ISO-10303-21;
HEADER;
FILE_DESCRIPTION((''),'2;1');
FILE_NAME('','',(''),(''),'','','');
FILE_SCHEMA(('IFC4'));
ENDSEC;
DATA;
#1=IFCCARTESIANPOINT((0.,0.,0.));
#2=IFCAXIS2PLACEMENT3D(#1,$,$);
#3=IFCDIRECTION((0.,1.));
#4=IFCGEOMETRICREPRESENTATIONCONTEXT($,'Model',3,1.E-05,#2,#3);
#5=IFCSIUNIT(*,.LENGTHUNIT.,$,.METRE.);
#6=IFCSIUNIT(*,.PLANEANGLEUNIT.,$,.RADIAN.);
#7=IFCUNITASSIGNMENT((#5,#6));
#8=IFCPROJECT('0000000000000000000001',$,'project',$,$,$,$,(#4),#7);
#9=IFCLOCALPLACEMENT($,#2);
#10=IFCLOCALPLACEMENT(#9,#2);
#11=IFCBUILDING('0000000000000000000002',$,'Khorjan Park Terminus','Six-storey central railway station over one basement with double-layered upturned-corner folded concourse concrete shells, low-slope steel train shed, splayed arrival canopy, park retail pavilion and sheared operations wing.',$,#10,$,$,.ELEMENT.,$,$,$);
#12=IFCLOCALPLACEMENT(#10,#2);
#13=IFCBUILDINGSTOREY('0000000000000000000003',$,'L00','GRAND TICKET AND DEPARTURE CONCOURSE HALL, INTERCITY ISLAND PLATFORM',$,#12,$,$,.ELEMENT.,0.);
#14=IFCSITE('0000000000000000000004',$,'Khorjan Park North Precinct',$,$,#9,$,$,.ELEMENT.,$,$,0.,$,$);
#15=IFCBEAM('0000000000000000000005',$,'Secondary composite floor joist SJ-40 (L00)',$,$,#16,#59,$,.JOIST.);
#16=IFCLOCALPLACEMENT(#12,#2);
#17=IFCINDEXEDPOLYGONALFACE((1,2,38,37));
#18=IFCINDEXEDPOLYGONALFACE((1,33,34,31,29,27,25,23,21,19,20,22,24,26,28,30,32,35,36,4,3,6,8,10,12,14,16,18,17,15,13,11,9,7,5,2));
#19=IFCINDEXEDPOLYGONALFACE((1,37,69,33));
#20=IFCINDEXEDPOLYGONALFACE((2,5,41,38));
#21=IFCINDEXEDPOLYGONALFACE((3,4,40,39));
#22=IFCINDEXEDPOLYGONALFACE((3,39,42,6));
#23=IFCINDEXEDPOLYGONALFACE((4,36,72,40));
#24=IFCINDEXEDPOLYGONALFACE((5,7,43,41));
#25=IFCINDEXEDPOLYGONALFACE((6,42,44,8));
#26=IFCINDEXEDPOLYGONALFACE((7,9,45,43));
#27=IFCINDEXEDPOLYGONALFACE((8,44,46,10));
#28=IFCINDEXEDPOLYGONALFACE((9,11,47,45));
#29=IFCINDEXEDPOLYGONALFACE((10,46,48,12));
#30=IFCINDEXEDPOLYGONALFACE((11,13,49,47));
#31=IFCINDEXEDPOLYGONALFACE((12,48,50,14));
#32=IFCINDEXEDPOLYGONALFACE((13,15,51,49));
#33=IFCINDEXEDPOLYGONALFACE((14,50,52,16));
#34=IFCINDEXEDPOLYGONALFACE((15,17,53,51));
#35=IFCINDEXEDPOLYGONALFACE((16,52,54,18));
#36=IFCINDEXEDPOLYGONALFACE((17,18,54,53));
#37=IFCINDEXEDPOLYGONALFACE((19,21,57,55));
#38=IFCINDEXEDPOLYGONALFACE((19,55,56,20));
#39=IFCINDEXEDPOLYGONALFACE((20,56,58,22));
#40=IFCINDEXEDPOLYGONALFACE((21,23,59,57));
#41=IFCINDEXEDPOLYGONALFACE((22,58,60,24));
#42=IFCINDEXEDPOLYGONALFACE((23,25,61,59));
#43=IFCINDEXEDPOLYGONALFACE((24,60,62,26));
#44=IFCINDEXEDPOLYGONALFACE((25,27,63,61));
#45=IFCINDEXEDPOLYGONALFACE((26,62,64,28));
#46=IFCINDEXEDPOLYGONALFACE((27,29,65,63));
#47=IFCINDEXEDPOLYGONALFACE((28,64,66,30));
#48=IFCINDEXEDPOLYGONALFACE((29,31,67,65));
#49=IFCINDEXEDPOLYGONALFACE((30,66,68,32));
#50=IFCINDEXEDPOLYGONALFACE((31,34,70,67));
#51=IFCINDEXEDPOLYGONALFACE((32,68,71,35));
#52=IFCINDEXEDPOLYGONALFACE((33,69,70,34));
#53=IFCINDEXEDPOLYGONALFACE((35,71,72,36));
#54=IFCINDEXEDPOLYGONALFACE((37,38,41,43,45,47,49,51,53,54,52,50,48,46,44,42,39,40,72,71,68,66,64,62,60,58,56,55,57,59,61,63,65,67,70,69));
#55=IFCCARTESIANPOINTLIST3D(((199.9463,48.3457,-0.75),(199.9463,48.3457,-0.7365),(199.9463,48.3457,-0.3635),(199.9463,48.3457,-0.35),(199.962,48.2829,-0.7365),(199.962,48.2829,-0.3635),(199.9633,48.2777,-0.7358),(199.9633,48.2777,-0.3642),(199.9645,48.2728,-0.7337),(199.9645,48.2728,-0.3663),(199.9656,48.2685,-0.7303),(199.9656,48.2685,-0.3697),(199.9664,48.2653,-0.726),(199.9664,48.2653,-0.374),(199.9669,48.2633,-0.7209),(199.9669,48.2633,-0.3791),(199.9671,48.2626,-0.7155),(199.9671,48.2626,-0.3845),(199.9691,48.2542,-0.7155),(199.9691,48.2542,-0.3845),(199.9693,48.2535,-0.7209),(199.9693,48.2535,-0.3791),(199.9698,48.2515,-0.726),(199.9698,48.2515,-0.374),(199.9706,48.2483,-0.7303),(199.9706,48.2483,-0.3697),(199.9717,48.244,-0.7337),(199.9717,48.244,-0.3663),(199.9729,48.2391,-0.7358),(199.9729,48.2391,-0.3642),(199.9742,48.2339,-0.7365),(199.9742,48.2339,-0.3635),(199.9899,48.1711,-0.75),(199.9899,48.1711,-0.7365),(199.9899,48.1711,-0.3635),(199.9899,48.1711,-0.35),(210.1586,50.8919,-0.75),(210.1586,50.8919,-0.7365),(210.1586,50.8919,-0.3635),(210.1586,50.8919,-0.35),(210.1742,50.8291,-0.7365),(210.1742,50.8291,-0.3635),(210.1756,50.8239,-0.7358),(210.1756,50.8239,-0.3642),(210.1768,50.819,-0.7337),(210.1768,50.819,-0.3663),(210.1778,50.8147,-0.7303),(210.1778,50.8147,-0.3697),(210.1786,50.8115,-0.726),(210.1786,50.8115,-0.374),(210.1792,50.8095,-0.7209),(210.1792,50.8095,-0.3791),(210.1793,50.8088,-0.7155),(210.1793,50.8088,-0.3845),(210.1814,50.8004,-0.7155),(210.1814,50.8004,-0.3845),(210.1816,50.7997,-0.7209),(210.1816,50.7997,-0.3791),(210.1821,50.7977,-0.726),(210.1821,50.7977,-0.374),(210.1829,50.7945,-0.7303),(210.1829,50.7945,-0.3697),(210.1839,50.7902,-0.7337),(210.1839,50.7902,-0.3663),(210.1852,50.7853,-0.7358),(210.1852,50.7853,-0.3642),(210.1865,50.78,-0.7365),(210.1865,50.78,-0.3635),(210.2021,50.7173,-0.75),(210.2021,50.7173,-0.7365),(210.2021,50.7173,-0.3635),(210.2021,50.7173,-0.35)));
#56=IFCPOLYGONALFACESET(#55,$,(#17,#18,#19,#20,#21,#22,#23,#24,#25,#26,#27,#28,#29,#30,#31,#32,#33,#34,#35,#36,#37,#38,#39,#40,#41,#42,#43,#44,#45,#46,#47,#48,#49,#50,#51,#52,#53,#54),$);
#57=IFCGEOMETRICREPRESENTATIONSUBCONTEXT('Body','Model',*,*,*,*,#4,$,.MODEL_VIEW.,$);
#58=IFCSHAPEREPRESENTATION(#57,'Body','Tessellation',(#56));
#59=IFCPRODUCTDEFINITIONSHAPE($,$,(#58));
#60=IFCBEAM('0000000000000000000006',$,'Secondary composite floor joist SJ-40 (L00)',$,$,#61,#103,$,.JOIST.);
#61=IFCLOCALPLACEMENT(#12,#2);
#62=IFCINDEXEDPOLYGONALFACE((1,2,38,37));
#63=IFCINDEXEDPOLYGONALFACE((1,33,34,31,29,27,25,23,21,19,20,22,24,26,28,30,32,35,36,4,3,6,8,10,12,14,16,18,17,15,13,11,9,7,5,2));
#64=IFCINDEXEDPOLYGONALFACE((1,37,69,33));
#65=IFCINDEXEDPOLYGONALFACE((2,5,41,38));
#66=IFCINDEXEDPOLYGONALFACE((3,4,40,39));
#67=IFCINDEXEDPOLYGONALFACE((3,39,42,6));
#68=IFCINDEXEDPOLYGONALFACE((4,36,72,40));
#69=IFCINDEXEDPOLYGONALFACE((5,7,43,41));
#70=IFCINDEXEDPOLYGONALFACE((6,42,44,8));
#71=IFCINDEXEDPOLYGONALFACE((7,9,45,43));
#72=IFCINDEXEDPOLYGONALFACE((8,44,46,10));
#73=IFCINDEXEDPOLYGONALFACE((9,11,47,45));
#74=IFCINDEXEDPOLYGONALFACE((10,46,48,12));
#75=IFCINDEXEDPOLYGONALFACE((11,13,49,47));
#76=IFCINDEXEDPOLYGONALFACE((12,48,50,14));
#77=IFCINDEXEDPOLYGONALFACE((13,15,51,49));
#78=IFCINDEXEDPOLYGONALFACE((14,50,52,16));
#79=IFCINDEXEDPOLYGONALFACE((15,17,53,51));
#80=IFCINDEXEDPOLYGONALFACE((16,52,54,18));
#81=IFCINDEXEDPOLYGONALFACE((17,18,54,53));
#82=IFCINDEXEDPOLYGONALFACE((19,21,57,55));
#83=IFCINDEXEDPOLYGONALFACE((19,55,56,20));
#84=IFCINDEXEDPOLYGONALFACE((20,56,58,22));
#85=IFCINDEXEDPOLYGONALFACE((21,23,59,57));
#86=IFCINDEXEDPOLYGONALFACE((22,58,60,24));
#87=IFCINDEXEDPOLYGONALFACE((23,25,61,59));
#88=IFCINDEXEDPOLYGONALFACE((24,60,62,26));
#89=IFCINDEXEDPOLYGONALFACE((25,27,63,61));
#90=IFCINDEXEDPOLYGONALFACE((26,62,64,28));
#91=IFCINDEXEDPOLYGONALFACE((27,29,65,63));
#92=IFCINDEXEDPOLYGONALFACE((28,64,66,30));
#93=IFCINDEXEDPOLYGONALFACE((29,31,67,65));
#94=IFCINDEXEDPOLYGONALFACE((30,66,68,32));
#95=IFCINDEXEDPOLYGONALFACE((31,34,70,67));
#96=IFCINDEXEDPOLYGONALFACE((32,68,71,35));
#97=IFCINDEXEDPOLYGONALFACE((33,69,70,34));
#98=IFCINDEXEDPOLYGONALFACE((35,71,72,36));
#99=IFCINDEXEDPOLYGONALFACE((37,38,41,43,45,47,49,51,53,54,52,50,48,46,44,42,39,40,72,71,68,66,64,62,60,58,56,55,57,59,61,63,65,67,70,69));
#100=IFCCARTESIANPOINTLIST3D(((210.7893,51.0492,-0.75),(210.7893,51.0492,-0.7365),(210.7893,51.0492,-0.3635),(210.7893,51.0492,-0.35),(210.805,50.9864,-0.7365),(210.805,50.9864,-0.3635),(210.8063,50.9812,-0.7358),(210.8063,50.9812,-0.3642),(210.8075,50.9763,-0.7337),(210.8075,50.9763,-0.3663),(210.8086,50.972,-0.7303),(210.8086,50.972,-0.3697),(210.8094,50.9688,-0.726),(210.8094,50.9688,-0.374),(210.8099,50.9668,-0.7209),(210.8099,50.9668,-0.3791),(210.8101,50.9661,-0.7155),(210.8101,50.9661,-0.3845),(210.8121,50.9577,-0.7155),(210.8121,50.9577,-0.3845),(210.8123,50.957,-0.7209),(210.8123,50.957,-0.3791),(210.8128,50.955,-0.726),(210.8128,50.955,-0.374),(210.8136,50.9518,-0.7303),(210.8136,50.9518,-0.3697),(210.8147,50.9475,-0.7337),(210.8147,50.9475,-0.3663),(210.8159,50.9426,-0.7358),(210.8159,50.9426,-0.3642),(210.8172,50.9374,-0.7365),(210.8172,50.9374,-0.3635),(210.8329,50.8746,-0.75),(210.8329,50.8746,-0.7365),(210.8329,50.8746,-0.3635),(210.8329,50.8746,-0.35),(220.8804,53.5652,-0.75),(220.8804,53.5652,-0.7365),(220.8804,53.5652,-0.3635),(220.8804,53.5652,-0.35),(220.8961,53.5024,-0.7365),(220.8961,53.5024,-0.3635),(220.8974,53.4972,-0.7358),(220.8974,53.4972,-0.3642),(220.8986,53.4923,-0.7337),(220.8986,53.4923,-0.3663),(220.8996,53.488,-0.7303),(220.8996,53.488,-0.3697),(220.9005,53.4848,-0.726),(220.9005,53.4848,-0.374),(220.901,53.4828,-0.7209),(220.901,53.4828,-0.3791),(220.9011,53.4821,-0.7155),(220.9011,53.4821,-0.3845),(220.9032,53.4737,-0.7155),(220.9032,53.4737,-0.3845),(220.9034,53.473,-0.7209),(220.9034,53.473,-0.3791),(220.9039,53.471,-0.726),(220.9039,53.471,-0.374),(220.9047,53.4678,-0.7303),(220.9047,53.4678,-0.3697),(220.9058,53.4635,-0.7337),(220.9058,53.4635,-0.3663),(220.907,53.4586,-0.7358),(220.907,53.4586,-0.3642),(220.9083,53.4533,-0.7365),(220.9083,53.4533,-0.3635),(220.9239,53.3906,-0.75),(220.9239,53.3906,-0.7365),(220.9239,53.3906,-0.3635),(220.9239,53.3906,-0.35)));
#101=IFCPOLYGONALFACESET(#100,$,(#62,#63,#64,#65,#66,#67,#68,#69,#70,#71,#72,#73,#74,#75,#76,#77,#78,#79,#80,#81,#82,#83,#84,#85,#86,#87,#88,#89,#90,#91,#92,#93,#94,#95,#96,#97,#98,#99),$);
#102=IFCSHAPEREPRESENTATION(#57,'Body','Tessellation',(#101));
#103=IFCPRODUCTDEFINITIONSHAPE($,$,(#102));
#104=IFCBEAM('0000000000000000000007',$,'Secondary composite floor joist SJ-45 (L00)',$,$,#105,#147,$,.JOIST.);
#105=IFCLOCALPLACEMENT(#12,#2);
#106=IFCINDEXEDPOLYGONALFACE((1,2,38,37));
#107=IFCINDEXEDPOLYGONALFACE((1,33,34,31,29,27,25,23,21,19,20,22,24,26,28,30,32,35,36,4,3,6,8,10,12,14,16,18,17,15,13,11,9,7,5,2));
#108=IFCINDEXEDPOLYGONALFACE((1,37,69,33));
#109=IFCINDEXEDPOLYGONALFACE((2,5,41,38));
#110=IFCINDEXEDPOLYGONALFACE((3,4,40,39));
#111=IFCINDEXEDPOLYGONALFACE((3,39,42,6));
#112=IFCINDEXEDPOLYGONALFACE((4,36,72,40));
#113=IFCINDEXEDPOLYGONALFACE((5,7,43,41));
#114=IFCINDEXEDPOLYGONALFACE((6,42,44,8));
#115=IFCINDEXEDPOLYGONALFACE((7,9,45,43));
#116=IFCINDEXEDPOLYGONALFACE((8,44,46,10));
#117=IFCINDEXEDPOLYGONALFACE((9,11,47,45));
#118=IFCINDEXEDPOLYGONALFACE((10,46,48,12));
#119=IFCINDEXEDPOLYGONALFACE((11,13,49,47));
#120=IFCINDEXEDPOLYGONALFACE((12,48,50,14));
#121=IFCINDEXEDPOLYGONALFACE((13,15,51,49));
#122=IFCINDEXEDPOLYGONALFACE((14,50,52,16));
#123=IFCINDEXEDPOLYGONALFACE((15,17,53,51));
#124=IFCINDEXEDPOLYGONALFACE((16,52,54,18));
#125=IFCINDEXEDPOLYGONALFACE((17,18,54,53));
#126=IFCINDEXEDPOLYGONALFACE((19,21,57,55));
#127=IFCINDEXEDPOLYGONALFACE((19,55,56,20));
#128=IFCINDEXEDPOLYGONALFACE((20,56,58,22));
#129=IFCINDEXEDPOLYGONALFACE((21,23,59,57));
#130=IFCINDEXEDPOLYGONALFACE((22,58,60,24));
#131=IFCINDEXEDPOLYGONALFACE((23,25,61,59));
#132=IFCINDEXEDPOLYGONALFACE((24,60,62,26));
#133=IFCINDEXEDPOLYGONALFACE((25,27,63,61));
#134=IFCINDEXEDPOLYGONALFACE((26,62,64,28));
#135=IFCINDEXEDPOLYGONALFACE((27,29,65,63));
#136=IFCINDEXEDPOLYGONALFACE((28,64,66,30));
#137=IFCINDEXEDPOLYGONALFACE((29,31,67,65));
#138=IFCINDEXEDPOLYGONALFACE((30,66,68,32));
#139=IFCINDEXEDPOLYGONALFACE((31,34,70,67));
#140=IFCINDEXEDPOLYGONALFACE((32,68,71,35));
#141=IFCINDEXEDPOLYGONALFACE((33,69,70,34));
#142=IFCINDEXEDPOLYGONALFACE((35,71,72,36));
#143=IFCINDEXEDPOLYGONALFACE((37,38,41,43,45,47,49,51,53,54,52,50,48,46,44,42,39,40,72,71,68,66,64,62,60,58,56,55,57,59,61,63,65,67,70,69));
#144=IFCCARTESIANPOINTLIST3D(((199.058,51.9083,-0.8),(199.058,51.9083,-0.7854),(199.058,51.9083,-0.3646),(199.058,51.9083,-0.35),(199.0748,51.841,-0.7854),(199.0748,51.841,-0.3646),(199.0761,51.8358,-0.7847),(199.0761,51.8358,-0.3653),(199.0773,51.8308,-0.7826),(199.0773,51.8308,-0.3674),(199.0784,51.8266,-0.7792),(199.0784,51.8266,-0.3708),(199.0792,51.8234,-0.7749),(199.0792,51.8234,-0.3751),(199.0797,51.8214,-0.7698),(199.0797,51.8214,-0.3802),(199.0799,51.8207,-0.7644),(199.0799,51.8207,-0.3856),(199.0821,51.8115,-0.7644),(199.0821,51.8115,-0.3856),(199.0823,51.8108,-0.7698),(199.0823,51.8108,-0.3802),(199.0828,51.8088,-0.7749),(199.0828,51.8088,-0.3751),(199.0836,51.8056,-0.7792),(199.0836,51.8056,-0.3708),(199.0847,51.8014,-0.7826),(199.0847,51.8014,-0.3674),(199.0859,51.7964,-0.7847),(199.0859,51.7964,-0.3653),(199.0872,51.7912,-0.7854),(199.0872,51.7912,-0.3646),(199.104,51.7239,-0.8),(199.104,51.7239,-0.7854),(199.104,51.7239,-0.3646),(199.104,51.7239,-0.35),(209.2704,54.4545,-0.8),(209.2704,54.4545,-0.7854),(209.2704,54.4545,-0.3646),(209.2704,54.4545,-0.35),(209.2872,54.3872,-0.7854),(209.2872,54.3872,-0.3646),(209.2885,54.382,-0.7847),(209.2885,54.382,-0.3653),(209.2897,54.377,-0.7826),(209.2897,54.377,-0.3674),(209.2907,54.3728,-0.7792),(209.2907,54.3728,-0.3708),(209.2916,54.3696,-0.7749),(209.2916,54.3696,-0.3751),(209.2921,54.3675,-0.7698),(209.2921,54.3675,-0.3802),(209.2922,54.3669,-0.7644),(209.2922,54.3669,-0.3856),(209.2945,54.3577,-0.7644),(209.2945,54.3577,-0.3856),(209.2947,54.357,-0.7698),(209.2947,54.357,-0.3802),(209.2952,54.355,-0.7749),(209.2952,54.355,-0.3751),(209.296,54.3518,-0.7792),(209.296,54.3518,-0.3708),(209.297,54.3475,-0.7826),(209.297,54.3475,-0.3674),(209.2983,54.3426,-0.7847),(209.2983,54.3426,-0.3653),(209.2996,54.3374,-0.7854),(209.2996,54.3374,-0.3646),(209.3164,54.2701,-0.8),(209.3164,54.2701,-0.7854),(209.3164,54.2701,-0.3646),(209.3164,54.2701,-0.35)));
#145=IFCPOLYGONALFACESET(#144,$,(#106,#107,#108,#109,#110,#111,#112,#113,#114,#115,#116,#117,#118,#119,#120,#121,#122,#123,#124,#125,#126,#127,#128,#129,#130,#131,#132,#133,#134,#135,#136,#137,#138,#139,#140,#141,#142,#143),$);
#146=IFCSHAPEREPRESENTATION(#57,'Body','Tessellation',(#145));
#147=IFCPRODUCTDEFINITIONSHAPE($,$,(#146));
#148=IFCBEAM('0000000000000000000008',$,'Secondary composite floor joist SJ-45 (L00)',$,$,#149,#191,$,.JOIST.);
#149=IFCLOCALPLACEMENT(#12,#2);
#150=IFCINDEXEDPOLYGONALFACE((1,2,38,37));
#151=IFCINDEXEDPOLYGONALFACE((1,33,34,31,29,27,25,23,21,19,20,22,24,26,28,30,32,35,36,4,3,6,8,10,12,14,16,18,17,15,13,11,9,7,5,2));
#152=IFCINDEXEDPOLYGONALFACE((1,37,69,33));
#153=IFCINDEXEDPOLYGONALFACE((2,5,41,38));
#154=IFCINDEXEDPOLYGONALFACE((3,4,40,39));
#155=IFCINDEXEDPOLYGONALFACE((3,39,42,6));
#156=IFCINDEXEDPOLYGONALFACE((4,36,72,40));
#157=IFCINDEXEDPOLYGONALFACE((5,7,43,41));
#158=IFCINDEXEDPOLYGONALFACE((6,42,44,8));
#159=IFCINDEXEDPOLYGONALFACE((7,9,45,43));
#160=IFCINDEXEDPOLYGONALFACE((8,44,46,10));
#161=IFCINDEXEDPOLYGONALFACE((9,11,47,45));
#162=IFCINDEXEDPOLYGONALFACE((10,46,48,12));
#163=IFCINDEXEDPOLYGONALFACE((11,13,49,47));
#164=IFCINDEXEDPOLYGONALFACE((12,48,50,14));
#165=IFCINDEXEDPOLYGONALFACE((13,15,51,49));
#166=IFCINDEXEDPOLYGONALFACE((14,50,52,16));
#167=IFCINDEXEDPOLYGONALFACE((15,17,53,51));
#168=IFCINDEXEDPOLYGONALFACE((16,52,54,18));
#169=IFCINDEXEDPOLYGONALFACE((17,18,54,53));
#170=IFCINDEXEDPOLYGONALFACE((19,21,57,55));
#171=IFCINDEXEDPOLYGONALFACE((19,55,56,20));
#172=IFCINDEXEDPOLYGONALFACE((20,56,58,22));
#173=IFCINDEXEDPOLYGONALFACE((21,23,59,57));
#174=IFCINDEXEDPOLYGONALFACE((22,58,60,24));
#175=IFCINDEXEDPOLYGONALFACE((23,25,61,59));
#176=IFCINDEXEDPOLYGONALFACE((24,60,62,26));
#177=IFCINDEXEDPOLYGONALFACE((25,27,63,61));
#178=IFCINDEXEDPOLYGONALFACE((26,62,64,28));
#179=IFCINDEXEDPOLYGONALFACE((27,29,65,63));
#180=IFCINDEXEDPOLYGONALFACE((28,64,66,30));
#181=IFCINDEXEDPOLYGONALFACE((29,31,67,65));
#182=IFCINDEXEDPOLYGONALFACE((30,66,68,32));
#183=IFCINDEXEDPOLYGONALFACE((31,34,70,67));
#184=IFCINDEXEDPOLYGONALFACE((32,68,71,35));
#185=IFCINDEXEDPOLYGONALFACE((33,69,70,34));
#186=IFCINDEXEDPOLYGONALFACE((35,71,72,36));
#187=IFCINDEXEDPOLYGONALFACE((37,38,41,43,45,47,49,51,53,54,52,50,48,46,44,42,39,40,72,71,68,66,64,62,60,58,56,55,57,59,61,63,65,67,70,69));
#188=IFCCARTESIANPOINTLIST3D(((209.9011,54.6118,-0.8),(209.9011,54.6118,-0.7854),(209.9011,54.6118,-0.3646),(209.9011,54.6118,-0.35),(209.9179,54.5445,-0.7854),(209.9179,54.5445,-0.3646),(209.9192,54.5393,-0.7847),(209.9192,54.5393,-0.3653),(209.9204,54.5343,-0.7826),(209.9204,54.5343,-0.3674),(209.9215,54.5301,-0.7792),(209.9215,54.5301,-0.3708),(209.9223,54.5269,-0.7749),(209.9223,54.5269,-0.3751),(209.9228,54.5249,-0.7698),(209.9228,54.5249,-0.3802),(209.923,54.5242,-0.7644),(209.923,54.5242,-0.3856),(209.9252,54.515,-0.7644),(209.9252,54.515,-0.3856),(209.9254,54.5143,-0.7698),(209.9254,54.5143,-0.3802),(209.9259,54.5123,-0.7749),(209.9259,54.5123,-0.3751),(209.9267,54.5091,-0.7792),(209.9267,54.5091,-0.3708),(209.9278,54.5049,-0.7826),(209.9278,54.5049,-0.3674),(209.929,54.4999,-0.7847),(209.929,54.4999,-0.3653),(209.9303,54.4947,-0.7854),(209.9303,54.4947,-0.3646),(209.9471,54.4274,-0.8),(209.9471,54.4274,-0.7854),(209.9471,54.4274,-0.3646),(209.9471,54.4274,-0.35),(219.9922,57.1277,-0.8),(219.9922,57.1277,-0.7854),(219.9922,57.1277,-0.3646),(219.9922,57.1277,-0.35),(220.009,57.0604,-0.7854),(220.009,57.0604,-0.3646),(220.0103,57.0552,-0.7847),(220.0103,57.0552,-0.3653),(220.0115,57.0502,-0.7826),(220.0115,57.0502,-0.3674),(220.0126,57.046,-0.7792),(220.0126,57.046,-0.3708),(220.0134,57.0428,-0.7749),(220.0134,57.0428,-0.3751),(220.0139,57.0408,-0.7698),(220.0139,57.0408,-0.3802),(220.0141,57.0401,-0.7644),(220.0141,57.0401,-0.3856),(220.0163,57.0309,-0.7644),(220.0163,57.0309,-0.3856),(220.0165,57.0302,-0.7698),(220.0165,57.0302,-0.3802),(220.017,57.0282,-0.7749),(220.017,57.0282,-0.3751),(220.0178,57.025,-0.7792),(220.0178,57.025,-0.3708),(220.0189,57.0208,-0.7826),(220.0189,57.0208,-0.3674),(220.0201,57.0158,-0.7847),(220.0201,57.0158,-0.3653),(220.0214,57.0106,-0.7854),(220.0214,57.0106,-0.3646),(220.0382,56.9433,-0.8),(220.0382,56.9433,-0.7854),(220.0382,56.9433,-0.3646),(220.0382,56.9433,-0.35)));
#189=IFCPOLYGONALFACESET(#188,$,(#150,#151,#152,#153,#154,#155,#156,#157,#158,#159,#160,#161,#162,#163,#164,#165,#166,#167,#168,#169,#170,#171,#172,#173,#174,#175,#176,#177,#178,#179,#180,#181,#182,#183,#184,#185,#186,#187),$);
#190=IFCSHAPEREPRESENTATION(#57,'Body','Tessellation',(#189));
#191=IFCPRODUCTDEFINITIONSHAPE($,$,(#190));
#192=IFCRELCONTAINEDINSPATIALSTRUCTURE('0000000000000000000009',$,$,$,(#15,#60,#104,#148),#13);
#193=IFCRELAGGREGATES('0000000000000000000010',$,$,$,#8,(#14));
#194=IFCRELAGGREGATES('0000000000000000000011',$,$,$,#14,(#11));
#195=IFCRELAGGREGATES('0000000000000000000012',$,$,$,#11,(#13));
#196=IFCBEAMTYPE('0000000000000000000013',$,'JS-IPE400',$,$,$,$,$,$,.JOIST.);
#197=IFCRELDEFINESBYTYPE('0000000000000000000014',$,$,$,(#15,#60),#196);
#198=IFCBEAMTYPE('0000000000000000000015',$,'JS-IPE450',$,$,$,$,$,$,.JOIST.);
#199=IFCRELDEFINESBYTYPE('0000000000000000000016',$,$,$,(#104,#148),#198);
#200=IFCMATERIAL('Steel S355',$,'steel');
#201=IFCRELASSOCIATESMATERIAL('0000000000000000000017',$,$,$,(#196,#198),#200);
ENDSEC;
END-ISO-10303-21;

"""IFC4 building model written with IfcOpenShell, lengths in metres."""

from ifc_helpers import new_model, si_unit, direction, frame, origin, origin_2d, place, context, subcontext, project, spatial, i_section, extrude, material, material_profile, profile_set, type_object, element, save


model = new_model("IFC4")

# Units and contexts
model_context = context("Model", 3, precision=1e-05, world=origin(), true_north=direction((0.0, 1.0)))
body_context = subcontext(model_context, "Body", "Model", "MODEL_VIEW")
ifc_project = project(units=[si_unit("LENGTHUNIT", "METRE"), si_unit("PLANEANGLEUNIT", "RADIAN")], contexts=[model_context])

# Site, building, storey
site_placement = place(None, origin())
site = spatial("IfcSite", under=ifc_project, at=site_placement, Name="Khorjan Park North Precinct", CompositionType="ELEMENT", RefElevation=0.0)
building_placement = place(site_placement, origin())
building = spatial("IfcBuilding", under=site, at=building_placement, Name="Khorjan Park Terminus", Description="Six-storey central railway station over one basement with double-layered upturned-corner folded concourse concrete shells, low-slope steel train shed, splayed arrival canopy, park retail pavilion and sheared operations wing.", CompositionType="ELEMENT")
storey_placement = place(building_placement, origin())
storey = spatial("IfcBuildingStorey", under=building, at=storey_placement, Name="L00", Description="GRAND TICKET AND DEPARTURE CONCOURSE HALL, INTERCITY ISLAND PLATFORM", CompositionType="ELEMENT", Elevation=0.0)

# Beams
ifc_material_1 = material(Name="Steel S355", Category="steel")
ifc_material_profile_1 = material_profile(ifc_material_1, i_section(OverallWidth=0.18, OverallDepth=0.4, WebThickness=0.0086, FlangeThickness=0.0135, FilletRadius=0.021, at=origin_2d()), Name="IPE 400")
ifc_profile_set_1 = profile_set([ifc_material_profile_1], Name="Steel S355")
beam_type_1 = type_object("IfcBeamType", Name="JS-IPE400", PredefinedType="JOIST", material=ifc_profile_set_1)
beam_1_placement = place(storey_placement, frame((199.9681, 48.2584, -0.55), z_axis=(0.970296, 0.241921, 0.0), x_axis=(-0.241921, 0.970296, 0.0)))
element("IfcBeam", 1, at=beam_1_placement, inside=storey, type_object=beam_type_1, Name="Secondary composite floor joist SJ-40 (L00)", PredefinedType="JOIST", context=body_context, shape_type="SweptSolid", body=[
    extrude(i_section(OverallWidth=0.18, OverallDepth=0.4, WebThickness=0.0086, FlangeThickness=0.0135, FilletRadius=0.021, at=origin_2d()), origin(), (0.0, 0.0, 1.0), 10.5249),
])
beam_2_placement = place(storey_placement, frame((210.8111, 50.9619, -0.55), z_axis=(0.970296, 0.241922, 0.0), x_axis=(-0.241922, 0.970296, 0.0)))
element("IfcBeam", 2, at=beam_2_placement, inside=storey, type_object=beam_type_1, Name="Secondary composite floor joist SJ-40 (L00)", PredefinedType="JOIST", context=body_context, shape_type="SweptSolid", body=[
    extrude(i_section(OverallWidth=0.18, OverallDepth=0.4, WebThickness=0.0086, FlangeThickness=0.0135, FilletRadius=0.021, at=origin_2d()), origin(), (0.0, 0.0, 1.0), 10.4),
])
ifc_material_profile_2 = material_profile(ifc_material_1, i_section(OverallWidth=0.19, OverallDepth=0.45, WebThickness=0.0094, FlangeThickness=0.0146, FilletRadius=0.021, at=origin_2d()), Name="IPE 450")
ifc_profile_set_2 = profile_set([ifc_material_profile_2], Name="Steel S355")
beam_type_2 = type_object("IfcBeamType", Name="JS-IPE450", PredefinedType="JOIST", material=ifc_profile_set_2)
beam_3_placement = place(storey_placement, frame((199.081, 51.8161, -0.575), z_axis=(0.970297, 0.241919, 0.0), x_axis=(-0.241919, 0.970297, 0.0)))
element("IfcBeam", 3, at=beam_3_placement, inside=storey, type_object=beam_type_2, Name="Secondary composite floor joist SJ-45 (L00)", PredefinedType="JOIST", context=body_context, shape_type="SweptSolid", body=[
    extrude(i_section(OverallWidth=0.19, OverallDepth=0.45, WebThickness=0.0094, FlangeThickness=0.0146, FilletRadius=0.021, at=origin_2d()), origin(), (0.0, 0.0, 1.0), 10.525),
])
beam_4_placement = place(storey_placement, frame((209.9241, 54.5196, -0.575), z_axis=(0.970298, 0.241913, 0.0), x_axis=(-0.241913, 0.970298, 0.0)))
element("IfcBeam", 4, at=beam_4_placement, inside=storey, type_object=beam_type_2, Name="Secondary composite floor joist SJ-45 (L00)", PredefinedType="JOIST", context=body_context, shape_type="SweptSolid", body=[
    extrude(i_section(OverallWidth=0.19, OverallDepth=0.45, WebThickness=0.0094, FlangeThickness=0.0146, FilletRadius=0.021, at=origin_2d()), origin(), (0.0, 0.0, 1.0), 10.4),
])

save(model, "model.ifc")
